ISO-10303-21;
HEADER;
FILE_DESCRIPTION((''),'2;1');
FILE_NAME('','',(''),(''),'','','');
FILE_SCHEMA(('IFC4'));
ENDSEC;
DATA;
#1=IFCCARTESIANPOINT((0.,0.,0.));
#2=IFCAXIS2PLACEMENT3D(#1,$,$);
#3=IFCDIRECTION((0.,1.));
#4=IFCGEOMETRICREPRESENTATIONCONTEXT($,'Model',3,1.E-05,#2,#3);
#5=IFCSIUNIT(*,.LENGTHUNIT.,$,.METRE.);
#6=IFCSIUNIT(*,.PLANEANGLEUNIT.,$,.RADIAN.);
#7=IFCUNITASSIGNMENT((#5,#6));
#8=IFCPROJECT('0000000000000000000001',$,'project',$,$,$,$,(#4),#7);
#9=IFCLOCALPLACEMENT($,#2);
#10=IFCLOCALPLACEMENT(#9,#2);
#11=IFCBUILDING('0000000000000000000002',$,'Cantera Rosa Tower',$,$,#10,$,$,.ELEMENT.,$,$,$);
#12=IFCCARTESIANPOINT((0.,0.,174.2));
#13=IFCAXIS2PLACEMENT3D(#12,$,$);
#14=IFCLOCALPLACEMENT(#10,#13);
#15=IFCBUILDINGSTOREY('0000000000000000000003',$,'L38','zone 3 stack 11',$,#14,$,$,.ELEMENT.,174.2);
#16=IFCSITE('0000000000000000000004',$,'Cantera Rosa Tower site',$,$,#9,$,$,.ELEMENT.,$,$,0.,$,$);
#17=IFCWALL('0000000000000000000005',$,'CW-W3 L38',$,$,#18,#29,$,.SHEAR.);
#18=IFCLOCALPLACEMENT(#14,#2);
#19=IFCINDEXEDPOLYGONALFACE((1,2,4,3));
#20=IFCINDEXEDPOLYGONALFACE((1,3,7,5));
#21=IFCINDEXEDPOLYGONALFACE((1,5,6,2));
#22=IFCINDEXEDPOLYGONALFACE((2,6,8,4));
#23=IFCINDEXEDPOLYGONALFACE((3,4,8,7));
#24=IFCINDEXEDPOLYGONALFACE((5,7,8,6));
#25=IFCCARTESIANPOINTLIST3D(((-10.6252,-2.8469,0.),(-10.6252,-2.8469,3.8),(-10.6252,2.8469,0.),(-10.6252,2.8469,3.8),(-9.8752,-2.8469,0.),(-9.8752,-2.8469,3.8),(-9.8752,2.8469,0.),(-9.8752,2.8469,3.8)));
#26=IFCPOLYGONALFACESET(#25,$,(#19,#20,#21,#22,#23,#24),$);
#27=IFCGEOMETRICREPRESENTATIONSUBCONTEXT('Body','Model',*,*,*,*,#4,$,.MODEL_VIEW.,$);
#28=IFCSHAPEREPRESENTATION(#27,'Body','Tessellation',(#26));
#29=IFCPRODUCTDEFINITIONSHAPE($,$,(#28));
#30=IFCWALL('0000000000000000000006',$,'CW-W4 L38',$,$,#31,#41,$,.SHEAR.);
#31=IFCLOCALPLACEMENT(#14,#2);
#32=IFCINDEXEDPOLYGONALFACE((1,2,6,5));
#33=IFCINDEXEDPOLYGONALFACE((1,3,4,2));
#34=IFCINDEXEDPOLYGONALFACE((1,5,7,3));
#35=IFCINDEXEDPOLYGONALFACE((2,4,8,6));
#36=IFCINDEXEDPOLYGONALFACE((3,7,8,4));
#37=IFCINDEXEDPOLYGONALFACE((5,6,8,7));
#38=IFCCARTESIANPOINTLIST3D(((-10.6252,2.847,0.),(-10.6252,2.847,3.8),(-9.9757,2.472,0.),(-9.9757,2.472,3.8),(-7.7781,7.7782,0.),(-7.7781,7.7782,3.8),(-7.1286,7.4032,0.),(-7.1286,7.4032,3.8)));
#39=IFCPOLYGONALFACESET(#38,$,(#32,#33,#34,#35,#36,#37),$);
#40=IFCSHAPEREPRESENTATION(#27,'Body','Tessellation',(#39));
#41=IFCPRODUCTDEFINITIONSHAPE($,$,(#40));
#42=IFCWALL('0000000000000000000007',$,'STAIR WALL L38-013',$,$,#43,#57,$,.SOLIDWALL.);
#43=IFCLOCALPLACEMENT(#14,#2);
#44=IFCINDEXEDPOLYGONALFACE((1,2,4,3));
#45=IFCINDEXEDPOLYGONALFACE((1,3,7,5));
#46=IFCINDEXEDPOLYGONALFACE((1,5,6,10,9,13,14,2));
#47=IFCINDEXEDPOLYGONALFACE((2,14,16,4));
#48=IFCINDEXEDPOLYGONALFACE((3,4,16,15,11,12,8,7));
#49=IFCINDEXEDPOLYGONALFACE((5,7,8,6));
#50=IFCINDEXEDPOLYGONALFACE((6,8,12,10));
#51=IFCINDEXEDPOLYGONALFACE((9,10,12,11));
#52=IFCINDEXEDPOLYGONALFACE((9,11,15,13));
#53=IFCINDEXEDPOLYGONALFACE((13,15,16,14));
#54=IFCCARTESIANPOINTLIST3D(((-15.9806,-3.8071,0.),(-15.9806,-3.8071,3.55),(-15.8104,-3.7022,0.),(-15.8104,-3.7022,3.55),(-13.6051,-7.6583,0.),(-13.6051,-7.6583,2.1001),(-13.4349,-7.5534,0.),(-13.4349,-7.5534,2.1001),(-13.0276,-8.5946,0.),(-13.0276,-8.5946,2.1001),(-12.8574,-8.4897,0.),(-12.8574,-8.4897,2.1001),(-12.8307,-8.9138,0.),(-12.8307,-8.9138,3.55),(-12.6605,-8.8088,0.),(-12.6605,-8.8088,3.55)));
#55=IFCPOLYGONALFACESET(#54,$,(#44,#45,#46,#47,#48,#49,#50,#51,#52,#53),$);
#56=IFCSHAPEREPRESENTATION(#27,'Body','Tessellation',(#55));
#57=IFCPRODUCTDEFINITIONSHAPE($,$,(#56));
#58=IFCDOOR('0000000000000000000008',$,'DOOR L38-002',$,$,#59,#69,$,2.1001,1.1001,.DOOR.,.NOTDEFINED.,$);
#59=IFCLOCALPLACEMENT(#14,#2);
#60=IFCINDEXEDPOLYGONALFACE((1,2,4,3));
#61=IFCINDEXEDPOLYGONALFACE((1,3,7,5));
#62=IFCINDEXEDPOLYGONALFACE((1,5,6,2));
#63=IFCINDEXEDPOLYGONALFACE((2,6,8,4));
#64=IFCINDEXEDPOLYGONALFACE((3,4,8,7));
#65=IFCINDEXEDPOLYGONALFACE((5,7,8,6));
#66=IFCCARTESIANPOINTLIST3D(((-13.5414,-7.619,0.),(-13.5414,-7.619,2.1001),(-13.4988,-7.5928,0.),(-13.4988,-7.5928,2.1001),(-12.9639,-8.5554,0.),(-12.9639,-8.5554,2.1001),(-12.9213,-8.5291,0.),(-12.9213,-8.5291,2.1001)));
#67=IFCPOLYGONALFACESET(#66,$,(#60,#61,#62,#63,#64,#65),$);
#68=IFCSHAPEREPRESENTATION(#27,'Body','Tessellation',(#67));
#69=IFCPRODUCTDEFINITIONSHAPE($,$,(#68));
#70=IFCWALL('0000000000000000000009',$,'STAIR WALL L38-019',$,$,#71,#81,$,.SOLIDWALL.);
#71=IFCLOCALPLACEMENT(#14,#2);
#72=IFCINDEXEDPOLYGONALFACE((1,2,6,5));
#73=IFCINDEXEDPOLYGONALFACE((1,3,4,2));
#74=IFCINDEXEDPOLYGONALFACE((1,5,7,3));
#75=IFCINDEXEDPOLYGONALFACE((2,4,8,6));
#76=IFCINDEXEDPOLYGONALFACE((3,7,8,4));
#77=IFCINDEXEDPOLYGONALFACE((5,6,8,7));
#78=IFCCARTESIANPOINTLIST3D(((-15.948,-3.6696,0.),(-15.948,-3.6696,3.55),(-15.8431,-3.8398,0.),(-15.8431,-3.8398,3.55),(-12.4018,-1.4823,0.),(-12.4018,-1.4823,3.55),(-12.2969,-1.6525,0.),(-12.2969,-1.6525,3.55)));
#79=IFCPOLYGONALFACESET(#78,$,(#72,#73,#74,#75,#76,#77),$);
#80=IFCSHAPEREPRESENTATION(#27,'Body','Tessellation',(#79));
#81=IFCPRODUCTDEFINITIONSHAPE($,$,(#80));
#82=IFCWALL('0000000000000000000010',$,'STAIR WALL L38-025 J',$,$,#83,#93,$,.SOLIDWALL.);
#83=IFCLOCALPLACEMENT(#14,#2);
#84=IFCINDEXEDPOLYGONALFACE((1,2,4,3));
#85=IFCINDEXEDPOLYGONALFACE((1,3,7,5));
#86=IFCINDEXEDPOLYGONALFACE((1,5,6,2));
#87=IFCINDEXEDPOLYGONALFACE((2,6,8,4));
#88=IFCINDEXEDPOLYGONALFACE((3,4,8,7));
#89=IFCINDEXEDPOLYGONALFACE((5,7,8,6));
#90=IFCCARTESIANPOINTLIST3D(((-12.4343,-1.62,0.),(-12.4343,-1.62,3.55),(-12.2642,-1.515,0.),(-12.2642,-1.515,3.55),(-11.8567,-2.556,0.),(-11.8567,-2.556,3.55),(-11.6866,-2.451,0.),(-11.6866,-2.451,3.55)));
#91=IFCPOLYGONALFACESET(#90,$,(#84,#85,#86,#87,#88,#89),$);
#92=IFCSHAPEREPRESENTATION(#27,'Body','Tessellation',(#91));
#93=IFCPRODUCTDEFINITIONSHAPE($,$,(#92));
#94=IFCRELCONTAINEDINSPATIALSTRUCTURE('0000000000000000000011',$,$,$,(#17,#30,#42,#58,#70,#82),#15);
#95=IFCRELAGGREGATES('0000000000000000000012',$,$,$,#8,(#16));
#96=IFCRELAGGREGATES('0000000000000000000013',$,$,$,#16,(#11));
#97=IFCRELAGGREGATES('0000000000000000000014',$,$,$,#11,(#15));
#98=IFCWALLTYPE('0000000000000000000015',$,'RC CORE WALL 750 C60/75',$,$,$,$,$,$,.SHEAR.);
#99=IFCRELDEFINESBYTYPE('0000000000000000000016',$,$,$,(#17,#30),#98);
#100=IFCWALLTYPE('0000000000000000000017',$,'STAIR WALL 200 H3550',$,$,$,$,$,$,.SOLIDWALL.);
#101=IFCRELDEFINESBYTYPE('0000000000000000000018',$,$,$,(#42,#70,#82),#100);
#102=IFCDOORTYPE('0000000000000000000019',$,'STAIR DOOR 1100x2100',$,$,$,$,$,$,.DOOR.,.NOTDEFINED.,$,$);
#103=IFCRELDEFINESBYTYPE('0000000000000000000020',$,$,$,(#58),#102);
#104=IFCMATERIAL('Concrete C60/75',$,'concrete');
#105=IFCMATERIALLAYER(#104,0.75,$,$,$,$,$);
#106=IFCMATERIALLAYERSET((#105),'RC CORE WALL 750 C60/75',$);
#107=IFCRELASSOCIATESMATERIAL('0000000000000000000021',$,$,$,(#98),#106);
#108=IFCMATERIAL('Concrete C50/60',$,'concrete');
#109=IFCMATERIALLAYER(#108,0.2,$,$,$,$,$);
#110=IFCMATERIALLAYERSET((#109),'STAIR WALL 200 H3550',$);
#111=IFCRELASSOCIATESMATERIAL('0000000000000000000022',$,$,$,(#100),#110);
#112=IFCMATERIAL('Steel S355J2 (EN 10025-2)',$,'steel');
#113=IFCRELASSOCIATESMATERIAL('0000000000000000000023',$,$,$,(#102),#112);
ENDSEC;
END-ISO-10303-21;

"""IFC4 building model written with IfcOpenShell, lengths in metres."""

from ifc_helpers import new_model, si_unit, direction, frame, frame_2d, origin, place, context, subcontext, project, spatial, rectangle, extrude, material, layer, layer_set, type_object, element, fill, save


model = new_model("IFC4")

# Units and contexts
model_context = context("Model", 3, precision=1e-05, world=origin(), true_north=direction((0.0, 1.0)))
body_context = subcontext(model_context, "Body", "Model", "MODEL_VIEW")
ifc_project = project(units=[si_unit("LENGTHUNIT", "METRE"), si_unit("PLANEANGLEUNIT", "RADIAN")], contexts=[model_context])

# Site, building, storey
site_placement = place(None, origin())
site = spatial("IfcSite", under=ifc_project, at=site_placement, Name="Cantera Rosa Tower site", CompositionType="ELEMENT", RefElevation=0.0)
building_placement = place(site_placement, origin())
building = spatial("IfcBuilding", under=site, at=building_placement, Name="Cantera Rosa Tower", CompositionType="ELEMENT")
storey_placement = place(building_placement, frame((0.0, 0.0, 174.2)))
storey = spatial("IfcBuildingStorey", under=building, at=storey_placement, Name="L38", Description="zone 3 stack 11", CompositionType="ELEMENT", Elevation=174.2)

# Walls
ifc_material_1 = material(Name="Concrete C60/75", Category="concrete")
ifc_layer_1 = layer(ifc_material_1, 0.75)
ifc_layer_set_1 = layer_set([ifc_layer_1], Name="RC CORE WALL 750 C60/75")
wall_type_1 = type_object("IfcWallType", Name="RC CORE WALL 750 C60/75", PredefinedType="SHEAR", material=ifc_layer_set_1)
wall_1_placement = place(storey_placement, frame((-10.2502, -2.8469, 0.0), z_axis=(0.0, 0.0, 1.0), x_axis=(0.0, 1.0, 0.0)))
element("IfcWall", 1, at=wall_1_placement, inside=storey, type_object=wall_type_1, Name="CW-W3 L38", PredefinedType="SHEAR", context=body_context, shape_type="SweptSolid", body=[
    extrude(rectangle(XDim=5.6938, YDim=0.75, at=frame_2d((2.8469, 0.0))), origin(), (0.0, 0.0, 1.0), 3.8),
])
wall_2_placement = place(storey_placement, frame((-10.3005, 2.6594, 0.0), z_axis=(0.0, 0.0, 1.0), x_axis=(0.500022, 0.866013, 0.0)))
element("IfcWall", 2, at=wall_2_placement, inside=storey, type_object=wall_type_1, Name="CW-W4 L38", PredefinedType="SHEAR", context=body_context, shape_type="SweptSolid", body=[
    extrude(rectangle(XDim=5.6941, YDim=0.75, at=frame_2d((2.8472, 0.0))), origin(), (0.0, 0.0, 1.0), 3.8),
])

# Wall, opening, door
ifc_material_2 = material(Name="Concrete C50/60", Category="concrete")
ifc_layer_2 = layer(ifc_material_2, 0.2)
ifc_layer_set_2 = layer_set([ifc_layer_2], Name="STAIR WALL 200 H3550")
wall_type_2 = type_object("IfcWallType", Name="STAIR WALL 200 H3550", PredefinedType="SOLIDWALL", material=ifc_layer_set_2)
wall_3_placement = place(storey_placement, frame((-15.8955, -3.7546, 0.0), z_axis=(0.0, 0.0, 1.0), x_axis=(0.524983, -0.851113, 0.0)))
wall_3 = element("IfcWall", 3, at=wall_3_placement, inside=storey, type_object=wall_type_2, Name="STAIR WALL L38-013", PredefinedType="SOLIDWALL", context=body_context, shape_type="SweptSolid", body=[
    extrude(rectangle(XDim=6.0, YDim=0.2, at=frame_2d((3.0, 0.0))), origin(), (0.0, 0.0, 1.0), 3.55),
])
opening_1_placement = place(wall_3_placement, frame((4.5249, 0.0, 0.0)))
opening_1 = element("IfcOpeningElement", 4, at=opening_1_placement, cuts=wall_3, PredefinedType="OPENING", context=body_context, shape_type="SweptSolid", body=[
    extrude(rectangle(XDim=1.1001, YDim=2.1001, at=frame_2d((0.55, 1.05))), frame((0.0, 0.1099, 0.0), z_axis=(0.0, -1.0, 0.0), x_axis=(1.0, 0.0, 0.0)), (0.0, 0.0, 1.0), 0.22),
])
ifc_material_3 = material(Name="Steel S355J2 (EN 10025-2)", Category="steel")
door_type_1 = type_object("IfcDoorType", Name="STAIR DOOR 1100x2100", OperationType="NOTDEFINED", PredefinedType="DOOR", material=ifc_material_3)
door_1_placement = place(opening_1_placement, origin())
door_1 = element("IfcDoor", 5, at=door_1_placement, inside=storey, type_object=door_type_1, Name="DOOR L38-002", OperationType="NOTDEFINED", OverallHeight=2.1001, OverallWidth=1.1001, PredefinedType="DOOR", context=body_context, shape_type="SweptSolid", body=[
    extrude(rectangle(XDim=1.1001, YDim=2.1001, at=frame_2d((0.55, 1.05))), frame((0.0, 0.0249, 0.0), z_axis=(0.0, -1.0, 0.0), x_axis=(1.0, 0.0, 0.0)), (0.0, 0.0, 1.0), 0.05),
])
fill(opening_1, door_1)

# Walls
wall_4_placement = place(storey_placement, frame((-12.3494, -1.5674, 0.0), z_axis=(0.0, 0.0, 1.0), x_axis=(-0.851121, -0.52497, 0.0)))
element("IfcWall", 6, at=wall_4_placement, inside=storey, type_object=wall_type_2, Name="STAIR WALL L38-019", PredefinedType="SOLIDWALL", context=body_context, shape_type="SweptSolid", body=[
    extrude(rectangle(XDim=4.1665, YDim=0.2, at=frame_2d((2.0833, 0.0))), origin(), (0.0, 0.0, 1.0), 3.55),
])
wall_5_placement = place(storey_placement, frame((-11.7717, -2.5034, 0.0), z_axis=(0.0, 0.0, 1.0), x_axis=(-0.525162, 0.851002, 0.0)))
element("IfcWall", 7, at=wall_5_placement, inside=storey, type_object=wall_type_2, Name="STAIR WALL L38-025 J", PredefinedType="SOLIDWALL", context=body_context, shape_type="SweptSolid", body=[
    extrude(rectangle(XDim=1.0999, YDim=0.2, at=frame_2d((0.5498, 0.0))), origin(), (0.0, 0.0, 1.0), 3.55),
])

save(model, "model.ifc")
